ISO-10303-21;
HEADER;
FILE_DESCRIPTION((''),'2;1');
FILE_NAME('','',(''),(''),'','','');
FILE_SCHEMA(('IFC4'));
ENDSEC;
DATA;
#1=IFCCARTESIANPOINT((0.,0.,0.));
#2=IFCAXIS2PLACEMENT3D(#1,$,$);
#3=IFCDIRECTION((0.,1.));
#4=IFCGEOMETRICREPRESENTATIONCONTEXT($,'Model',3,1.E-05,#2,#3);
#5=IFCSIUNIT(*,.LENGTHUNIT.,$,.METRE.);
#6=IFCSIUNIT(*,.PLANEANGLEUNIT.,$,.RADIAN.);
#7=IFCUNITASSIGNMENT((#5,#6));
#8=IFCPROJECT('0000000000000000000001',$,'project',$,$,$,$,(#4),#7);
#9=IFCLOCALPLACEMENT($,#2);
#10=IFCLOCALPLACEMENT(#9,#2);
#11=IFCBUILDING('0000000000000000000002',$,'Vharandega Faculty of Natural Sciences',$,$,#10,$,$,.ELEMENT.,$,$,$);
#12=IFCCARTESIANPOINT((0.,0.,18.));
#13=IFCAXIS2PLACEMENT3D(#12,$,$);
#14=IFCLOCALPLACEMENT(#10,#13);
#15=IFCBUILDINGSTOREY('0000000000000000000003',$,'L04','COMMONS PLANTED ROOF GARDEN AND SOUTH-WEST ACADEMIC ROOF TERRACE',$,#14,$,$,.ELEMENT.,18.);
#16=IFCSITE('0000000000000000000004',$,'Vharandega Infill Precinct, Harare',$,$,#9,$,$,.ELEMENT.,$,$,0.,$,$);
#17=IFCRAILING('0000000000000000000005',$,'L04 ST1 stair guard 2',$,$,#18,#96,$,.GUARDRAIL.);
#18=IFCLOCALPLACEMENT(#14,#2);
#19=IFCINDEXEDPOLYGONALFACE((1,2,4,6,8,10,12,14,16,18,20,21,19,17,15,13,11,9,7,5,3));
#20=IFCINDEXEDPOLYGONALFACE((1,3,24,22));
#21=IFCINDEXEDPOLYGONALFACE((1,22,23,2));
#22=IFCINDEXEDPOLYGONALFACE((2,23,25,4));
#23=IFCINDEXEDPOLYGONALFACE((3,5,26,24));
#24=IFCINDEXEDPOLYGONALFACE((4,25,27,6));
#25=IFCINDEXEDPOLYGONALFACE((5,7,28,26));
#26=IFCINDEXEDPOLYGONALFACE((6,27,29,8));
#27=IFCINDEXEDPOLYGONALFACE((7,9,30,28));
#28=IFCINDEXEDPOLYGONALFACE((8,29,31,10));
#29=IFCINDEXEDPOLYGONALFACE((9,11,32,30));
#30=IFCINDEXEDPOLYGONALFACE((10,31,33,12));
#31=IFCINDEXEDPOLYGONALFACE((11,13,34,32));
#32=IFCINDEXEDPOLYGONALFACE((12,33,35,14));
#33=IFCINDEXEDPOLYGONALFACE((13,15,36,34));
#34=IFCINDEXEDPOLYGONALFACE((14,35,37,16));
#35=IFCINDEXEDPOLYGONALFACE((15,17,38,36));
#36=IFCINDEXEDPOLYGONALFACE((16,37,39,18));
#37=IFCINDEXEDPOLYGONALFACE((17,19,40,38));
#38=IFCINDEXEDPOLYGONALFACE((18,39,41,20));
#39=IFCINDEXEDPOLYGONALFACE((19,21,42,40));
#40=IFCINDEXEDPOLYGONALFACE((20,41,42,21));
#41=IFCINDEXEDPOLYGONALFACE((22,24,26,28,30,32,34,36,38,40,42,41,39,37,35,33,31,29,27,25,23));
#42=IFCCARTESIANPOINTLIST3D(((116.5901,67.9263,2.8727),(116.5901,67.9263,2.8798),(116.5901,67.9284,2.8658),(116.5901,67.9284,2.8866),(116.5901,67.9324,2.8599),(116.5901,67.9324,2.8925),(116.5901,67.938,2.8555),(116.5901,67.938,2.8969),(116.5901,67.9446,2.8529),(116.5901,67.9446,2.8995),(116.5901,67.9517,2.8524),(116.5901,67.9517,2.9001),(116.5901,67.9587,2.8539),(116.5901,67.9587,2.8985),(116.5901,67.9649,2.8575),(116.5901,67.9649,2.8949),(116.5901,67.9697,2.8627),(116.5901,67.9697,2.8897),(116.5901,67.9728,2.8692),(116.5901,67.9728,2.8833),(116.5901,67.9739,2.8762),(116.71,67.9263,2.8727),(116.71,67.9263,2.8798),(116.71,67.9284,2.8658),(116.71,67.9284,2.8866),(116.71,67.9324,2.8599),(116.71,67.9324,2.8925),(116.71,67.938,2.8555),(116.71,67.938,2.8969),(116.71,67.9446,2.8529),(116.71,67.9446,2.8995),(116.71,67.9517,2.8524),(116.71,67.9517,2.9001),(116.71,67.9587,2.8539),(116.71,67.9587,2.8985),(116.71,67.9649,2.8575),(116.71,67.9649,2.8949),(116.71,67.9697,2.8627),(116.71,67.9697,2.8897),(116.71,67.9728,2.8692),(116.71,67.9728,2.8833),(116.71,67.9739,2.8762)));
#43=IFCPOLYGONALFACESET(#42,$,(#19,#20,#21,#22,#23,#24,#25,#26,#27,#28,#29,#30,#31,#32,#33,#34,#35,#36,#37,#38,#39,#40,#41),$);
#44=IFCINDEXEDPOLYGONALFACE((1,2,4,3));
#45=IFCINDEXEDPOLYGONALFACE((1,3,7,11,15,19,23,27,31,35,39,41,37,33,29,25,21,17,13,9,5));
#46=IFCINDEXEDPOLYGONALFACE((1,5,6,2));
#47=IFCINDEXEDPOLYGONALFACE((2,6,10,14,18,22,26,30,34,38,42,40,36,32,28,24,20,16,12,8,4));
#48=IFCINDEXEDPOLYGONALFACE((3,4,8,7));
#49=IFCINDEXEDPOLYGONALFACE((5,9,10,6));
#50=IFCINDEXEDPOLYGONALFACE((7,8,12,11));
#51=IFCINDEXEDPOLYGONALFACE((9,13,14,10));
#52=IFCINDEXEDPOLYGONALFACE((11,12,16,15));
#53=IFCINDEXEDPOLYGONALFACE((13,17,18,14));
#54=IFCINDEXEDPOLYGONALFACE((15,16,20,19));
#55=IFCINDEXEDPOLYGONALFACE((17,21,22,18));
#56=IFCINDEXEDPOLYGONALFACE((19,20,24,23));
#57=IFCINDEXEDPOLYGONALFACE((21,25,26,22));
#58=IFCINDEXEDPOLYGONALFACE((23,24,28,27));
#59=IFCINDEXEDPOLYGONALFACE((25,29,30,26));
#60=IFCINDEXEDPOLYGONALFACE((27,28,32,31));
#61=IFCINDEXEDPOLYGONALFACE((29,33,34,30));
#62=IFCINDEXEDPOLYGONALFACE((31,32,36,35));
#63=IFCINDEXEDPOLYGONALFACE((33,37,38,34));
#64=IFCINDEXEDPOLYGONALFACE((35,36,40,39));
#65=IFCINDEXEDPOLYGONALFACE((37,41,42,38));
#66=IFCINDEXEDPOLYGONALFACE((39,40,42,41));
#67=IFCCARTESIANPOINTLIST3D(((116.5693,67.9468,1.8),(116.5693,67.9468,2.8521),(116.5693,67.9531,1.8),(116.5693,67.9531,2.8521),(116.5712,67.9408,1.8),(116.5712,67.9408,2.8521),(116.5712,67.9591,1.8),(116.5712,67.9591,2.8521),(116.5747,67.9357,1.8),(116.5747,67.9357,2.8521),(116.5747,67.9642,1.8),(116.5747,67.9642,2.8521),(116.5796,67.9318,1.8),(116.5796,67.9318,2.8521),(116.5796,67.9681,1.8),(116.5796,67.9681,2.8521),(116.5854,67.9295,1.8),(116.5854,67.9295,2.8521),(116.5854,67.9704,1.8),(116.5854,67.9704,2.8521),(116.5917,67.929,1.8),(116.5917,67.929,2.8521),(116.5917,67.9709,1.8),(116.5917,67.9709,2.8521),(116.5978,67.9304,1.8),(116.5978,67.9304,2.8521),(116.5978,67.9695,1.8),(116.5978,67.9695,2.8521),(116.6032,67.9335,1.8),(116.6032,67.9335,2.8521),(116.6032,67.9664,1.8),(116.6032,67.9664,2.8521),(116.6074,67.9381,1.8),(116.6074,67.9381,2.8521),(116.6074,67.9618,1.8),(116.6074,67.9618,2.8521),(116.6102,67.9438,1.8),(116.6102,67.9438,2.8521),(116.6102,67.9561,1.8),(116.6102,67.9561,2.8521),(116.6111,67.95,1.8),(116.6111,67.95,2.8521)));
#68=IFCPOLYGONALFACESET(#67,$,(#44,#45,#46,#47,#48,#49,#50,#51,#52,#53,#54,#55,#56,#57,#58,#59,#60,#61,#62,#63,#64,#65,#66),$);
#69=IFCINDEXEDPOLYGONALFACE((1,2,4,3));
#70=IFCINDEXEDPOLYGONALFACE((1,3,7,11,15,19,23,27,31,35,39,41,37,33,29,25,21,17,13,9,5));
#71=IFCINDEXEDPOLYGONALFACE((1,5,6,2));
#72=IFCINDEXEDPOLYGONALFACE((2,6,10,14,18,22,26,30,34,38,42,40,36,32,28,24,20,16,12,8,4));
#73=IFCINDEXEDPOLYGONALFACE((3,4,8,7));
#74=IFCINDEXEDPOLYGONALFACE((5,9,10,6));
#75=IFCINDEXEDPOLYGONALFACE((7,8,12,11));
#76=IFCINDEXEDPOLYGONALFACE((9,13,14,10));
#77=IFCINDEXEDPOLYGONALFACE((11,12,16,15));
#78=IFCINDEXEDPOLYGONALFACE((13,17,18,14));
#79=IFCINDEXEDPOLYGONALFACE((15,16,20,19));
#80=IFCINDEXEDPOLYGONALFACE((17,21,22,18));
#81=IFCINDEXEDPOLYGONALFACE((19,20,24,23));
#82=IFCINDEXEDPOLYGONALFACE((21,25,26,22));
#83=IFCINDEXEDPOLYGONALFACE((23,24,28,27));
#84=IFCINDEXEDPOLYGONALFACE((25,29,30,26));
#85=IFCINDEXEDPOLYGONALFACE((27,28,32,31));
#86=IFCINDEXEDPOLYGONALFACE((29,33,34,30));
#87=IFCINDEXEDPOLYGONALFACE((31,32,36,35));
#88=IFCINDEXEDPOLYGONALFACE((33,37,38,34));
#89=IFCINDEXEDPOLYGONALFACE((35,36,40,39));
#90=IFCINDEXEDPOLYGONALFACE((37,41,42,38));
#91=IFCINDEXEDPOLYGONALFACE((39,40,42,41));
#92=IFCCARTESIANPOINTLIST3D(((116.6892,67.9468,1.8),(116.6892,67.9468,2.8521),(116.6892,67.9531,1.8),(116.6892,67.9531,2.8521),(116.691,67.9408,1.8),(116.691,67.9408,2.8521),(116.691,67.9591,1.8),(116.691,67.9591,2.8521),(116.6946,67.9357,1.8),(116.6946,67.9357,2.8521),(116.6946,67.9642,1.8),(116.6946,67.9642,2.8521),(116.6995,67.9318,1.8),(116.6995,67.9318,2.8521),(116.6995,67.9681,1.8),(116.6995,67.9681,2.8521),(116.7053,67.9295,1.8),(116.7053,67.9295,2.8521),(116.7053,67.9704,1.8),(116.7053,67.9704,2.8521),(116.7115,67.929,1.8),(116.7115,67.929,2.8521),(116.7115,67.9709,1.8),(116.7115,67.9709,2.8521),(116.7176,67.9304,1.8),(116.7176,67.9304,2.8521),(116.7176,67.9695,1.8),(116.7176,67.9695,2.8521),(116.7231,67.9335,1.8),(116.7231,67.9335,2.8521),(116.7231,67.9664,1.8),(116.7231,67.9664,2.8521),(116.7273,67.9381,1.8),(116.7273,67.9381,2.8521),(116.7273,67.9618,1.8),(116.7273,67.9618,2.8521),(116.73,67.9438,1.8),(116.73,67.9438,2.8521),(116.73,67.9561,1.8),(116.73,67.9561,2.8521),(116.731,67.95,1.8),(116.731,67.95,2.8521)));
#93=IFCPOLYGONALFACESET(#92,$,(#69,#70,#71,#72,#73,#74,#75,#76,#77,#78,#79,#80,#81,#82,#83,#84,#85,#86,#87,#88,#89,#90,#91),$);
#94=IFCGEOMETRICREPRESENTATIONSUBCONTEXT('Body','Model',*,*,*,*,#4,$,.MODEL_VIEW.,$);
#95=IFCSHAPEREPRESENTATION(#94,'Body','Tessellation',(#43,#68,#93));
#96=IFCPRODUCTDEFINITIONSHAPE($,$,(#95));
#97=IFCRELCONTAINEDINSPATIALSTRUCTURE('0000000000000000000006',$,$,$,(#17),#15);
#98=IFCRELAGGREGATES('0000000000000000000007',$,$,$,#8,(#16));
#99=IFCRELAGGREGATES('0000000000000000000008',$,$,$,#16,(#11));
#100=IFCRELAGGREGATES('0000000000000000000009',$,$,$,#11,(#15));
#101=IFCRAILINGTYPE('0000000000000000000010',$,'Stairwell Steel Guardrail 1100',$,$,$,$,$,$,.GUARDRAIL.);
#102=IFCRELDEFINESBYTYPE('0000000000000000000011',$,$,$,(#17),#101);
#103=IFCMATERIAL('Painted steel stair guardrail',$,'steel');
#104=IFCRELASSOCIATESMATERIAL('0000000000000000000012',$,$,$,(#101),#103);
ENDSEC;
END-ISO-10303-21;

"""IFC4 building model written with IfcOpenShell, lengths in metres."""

from ifc_helpers import new_model, si_unit, direction, frame, origin, origin_2d, place, context, subcontext, project, spatial, circle, extrude, material, type_object, element, save


model = new_model("IFC4")

# Units and contexts
model_context = context("Model", 3, precision=1e-05, world=origin(), true_north=direction((0.0, 1.0)))
body_context = subcontext(model_context, "Body", "Model", "MODEL_VIEW")
ifc_project = project(units=[si_unit("LENGTHUNIT", "METRE"), si_unit("PLANEANGLEUNIT", "RADIAN")], contexts=[model_context])

# Site, building, storey
site_placement = place(None, origin())
site = spatial("IfcSite", under=ifc_project, at=site_placement, Name="Vharandega Infill Precinct, Harare", CompositionType="ELEMENT", RefElevation=0.0)
building_placement = place(site_placement, origin())
building = spatial("IfcBuilding", under=site, at=building_placement, Name="Vharandega Faculty of Natural Sciences", CompositionType="ELEMENT")
storey_placement = place(building_placement, frame((0.0, 0.0, 18.0)))
storey = spatial("IfcBuildingStorey", under=building, at=storey_placement, Name="L04", Description="COMMONS PLANTED ROOF GARDEN AND SOUTH-WEST ACADEMIC ROOF TERRACE", CompositionType="ELEMENT", Elevation=18.0)

# Railing
ifc_material_1 = material(Name="Painted steel stair guardrail", Category="steel")
railing_type_1 = type_object("IfcRailingType", Name="Stairwell Steel Guardrail 1100", PredefinedType="GUARDRAIL", material=ifc_material_1)
railing_1_placement = place(storey_placement, frame((116.5901, 67.95, 1.8)))
element("IfcRailing", 1, at=railing_1_placement, inside=storey, type_object=railing_type_1, Name="L04 ST1 stair guard 2", PredefinedType="GUARDRAIL", context=body_context, shape_type="SweptSolid", body=[
    extrude(circle(Radius=0.0239, at=origin_2d()), frame((0.0, 0.0, 1.0762), z_axis=(1.0, 0.0, 0.0), x_axis=(0.0, 1.0, 0.0)), (0.0, 0.0, 1.0), 0.1199),
    extrude(circle(Radius=0.021, at=origin_2d()), origin(), (0.0, 0.0, 1.0), 1.052),
    extrude(circle(Radius=0.021, at=origin_2d()), frame((0.1199, 0.0, 0.0)), (0.0, 0.0, 1.0), 1.052),
])

save(model, "model.ifc")
